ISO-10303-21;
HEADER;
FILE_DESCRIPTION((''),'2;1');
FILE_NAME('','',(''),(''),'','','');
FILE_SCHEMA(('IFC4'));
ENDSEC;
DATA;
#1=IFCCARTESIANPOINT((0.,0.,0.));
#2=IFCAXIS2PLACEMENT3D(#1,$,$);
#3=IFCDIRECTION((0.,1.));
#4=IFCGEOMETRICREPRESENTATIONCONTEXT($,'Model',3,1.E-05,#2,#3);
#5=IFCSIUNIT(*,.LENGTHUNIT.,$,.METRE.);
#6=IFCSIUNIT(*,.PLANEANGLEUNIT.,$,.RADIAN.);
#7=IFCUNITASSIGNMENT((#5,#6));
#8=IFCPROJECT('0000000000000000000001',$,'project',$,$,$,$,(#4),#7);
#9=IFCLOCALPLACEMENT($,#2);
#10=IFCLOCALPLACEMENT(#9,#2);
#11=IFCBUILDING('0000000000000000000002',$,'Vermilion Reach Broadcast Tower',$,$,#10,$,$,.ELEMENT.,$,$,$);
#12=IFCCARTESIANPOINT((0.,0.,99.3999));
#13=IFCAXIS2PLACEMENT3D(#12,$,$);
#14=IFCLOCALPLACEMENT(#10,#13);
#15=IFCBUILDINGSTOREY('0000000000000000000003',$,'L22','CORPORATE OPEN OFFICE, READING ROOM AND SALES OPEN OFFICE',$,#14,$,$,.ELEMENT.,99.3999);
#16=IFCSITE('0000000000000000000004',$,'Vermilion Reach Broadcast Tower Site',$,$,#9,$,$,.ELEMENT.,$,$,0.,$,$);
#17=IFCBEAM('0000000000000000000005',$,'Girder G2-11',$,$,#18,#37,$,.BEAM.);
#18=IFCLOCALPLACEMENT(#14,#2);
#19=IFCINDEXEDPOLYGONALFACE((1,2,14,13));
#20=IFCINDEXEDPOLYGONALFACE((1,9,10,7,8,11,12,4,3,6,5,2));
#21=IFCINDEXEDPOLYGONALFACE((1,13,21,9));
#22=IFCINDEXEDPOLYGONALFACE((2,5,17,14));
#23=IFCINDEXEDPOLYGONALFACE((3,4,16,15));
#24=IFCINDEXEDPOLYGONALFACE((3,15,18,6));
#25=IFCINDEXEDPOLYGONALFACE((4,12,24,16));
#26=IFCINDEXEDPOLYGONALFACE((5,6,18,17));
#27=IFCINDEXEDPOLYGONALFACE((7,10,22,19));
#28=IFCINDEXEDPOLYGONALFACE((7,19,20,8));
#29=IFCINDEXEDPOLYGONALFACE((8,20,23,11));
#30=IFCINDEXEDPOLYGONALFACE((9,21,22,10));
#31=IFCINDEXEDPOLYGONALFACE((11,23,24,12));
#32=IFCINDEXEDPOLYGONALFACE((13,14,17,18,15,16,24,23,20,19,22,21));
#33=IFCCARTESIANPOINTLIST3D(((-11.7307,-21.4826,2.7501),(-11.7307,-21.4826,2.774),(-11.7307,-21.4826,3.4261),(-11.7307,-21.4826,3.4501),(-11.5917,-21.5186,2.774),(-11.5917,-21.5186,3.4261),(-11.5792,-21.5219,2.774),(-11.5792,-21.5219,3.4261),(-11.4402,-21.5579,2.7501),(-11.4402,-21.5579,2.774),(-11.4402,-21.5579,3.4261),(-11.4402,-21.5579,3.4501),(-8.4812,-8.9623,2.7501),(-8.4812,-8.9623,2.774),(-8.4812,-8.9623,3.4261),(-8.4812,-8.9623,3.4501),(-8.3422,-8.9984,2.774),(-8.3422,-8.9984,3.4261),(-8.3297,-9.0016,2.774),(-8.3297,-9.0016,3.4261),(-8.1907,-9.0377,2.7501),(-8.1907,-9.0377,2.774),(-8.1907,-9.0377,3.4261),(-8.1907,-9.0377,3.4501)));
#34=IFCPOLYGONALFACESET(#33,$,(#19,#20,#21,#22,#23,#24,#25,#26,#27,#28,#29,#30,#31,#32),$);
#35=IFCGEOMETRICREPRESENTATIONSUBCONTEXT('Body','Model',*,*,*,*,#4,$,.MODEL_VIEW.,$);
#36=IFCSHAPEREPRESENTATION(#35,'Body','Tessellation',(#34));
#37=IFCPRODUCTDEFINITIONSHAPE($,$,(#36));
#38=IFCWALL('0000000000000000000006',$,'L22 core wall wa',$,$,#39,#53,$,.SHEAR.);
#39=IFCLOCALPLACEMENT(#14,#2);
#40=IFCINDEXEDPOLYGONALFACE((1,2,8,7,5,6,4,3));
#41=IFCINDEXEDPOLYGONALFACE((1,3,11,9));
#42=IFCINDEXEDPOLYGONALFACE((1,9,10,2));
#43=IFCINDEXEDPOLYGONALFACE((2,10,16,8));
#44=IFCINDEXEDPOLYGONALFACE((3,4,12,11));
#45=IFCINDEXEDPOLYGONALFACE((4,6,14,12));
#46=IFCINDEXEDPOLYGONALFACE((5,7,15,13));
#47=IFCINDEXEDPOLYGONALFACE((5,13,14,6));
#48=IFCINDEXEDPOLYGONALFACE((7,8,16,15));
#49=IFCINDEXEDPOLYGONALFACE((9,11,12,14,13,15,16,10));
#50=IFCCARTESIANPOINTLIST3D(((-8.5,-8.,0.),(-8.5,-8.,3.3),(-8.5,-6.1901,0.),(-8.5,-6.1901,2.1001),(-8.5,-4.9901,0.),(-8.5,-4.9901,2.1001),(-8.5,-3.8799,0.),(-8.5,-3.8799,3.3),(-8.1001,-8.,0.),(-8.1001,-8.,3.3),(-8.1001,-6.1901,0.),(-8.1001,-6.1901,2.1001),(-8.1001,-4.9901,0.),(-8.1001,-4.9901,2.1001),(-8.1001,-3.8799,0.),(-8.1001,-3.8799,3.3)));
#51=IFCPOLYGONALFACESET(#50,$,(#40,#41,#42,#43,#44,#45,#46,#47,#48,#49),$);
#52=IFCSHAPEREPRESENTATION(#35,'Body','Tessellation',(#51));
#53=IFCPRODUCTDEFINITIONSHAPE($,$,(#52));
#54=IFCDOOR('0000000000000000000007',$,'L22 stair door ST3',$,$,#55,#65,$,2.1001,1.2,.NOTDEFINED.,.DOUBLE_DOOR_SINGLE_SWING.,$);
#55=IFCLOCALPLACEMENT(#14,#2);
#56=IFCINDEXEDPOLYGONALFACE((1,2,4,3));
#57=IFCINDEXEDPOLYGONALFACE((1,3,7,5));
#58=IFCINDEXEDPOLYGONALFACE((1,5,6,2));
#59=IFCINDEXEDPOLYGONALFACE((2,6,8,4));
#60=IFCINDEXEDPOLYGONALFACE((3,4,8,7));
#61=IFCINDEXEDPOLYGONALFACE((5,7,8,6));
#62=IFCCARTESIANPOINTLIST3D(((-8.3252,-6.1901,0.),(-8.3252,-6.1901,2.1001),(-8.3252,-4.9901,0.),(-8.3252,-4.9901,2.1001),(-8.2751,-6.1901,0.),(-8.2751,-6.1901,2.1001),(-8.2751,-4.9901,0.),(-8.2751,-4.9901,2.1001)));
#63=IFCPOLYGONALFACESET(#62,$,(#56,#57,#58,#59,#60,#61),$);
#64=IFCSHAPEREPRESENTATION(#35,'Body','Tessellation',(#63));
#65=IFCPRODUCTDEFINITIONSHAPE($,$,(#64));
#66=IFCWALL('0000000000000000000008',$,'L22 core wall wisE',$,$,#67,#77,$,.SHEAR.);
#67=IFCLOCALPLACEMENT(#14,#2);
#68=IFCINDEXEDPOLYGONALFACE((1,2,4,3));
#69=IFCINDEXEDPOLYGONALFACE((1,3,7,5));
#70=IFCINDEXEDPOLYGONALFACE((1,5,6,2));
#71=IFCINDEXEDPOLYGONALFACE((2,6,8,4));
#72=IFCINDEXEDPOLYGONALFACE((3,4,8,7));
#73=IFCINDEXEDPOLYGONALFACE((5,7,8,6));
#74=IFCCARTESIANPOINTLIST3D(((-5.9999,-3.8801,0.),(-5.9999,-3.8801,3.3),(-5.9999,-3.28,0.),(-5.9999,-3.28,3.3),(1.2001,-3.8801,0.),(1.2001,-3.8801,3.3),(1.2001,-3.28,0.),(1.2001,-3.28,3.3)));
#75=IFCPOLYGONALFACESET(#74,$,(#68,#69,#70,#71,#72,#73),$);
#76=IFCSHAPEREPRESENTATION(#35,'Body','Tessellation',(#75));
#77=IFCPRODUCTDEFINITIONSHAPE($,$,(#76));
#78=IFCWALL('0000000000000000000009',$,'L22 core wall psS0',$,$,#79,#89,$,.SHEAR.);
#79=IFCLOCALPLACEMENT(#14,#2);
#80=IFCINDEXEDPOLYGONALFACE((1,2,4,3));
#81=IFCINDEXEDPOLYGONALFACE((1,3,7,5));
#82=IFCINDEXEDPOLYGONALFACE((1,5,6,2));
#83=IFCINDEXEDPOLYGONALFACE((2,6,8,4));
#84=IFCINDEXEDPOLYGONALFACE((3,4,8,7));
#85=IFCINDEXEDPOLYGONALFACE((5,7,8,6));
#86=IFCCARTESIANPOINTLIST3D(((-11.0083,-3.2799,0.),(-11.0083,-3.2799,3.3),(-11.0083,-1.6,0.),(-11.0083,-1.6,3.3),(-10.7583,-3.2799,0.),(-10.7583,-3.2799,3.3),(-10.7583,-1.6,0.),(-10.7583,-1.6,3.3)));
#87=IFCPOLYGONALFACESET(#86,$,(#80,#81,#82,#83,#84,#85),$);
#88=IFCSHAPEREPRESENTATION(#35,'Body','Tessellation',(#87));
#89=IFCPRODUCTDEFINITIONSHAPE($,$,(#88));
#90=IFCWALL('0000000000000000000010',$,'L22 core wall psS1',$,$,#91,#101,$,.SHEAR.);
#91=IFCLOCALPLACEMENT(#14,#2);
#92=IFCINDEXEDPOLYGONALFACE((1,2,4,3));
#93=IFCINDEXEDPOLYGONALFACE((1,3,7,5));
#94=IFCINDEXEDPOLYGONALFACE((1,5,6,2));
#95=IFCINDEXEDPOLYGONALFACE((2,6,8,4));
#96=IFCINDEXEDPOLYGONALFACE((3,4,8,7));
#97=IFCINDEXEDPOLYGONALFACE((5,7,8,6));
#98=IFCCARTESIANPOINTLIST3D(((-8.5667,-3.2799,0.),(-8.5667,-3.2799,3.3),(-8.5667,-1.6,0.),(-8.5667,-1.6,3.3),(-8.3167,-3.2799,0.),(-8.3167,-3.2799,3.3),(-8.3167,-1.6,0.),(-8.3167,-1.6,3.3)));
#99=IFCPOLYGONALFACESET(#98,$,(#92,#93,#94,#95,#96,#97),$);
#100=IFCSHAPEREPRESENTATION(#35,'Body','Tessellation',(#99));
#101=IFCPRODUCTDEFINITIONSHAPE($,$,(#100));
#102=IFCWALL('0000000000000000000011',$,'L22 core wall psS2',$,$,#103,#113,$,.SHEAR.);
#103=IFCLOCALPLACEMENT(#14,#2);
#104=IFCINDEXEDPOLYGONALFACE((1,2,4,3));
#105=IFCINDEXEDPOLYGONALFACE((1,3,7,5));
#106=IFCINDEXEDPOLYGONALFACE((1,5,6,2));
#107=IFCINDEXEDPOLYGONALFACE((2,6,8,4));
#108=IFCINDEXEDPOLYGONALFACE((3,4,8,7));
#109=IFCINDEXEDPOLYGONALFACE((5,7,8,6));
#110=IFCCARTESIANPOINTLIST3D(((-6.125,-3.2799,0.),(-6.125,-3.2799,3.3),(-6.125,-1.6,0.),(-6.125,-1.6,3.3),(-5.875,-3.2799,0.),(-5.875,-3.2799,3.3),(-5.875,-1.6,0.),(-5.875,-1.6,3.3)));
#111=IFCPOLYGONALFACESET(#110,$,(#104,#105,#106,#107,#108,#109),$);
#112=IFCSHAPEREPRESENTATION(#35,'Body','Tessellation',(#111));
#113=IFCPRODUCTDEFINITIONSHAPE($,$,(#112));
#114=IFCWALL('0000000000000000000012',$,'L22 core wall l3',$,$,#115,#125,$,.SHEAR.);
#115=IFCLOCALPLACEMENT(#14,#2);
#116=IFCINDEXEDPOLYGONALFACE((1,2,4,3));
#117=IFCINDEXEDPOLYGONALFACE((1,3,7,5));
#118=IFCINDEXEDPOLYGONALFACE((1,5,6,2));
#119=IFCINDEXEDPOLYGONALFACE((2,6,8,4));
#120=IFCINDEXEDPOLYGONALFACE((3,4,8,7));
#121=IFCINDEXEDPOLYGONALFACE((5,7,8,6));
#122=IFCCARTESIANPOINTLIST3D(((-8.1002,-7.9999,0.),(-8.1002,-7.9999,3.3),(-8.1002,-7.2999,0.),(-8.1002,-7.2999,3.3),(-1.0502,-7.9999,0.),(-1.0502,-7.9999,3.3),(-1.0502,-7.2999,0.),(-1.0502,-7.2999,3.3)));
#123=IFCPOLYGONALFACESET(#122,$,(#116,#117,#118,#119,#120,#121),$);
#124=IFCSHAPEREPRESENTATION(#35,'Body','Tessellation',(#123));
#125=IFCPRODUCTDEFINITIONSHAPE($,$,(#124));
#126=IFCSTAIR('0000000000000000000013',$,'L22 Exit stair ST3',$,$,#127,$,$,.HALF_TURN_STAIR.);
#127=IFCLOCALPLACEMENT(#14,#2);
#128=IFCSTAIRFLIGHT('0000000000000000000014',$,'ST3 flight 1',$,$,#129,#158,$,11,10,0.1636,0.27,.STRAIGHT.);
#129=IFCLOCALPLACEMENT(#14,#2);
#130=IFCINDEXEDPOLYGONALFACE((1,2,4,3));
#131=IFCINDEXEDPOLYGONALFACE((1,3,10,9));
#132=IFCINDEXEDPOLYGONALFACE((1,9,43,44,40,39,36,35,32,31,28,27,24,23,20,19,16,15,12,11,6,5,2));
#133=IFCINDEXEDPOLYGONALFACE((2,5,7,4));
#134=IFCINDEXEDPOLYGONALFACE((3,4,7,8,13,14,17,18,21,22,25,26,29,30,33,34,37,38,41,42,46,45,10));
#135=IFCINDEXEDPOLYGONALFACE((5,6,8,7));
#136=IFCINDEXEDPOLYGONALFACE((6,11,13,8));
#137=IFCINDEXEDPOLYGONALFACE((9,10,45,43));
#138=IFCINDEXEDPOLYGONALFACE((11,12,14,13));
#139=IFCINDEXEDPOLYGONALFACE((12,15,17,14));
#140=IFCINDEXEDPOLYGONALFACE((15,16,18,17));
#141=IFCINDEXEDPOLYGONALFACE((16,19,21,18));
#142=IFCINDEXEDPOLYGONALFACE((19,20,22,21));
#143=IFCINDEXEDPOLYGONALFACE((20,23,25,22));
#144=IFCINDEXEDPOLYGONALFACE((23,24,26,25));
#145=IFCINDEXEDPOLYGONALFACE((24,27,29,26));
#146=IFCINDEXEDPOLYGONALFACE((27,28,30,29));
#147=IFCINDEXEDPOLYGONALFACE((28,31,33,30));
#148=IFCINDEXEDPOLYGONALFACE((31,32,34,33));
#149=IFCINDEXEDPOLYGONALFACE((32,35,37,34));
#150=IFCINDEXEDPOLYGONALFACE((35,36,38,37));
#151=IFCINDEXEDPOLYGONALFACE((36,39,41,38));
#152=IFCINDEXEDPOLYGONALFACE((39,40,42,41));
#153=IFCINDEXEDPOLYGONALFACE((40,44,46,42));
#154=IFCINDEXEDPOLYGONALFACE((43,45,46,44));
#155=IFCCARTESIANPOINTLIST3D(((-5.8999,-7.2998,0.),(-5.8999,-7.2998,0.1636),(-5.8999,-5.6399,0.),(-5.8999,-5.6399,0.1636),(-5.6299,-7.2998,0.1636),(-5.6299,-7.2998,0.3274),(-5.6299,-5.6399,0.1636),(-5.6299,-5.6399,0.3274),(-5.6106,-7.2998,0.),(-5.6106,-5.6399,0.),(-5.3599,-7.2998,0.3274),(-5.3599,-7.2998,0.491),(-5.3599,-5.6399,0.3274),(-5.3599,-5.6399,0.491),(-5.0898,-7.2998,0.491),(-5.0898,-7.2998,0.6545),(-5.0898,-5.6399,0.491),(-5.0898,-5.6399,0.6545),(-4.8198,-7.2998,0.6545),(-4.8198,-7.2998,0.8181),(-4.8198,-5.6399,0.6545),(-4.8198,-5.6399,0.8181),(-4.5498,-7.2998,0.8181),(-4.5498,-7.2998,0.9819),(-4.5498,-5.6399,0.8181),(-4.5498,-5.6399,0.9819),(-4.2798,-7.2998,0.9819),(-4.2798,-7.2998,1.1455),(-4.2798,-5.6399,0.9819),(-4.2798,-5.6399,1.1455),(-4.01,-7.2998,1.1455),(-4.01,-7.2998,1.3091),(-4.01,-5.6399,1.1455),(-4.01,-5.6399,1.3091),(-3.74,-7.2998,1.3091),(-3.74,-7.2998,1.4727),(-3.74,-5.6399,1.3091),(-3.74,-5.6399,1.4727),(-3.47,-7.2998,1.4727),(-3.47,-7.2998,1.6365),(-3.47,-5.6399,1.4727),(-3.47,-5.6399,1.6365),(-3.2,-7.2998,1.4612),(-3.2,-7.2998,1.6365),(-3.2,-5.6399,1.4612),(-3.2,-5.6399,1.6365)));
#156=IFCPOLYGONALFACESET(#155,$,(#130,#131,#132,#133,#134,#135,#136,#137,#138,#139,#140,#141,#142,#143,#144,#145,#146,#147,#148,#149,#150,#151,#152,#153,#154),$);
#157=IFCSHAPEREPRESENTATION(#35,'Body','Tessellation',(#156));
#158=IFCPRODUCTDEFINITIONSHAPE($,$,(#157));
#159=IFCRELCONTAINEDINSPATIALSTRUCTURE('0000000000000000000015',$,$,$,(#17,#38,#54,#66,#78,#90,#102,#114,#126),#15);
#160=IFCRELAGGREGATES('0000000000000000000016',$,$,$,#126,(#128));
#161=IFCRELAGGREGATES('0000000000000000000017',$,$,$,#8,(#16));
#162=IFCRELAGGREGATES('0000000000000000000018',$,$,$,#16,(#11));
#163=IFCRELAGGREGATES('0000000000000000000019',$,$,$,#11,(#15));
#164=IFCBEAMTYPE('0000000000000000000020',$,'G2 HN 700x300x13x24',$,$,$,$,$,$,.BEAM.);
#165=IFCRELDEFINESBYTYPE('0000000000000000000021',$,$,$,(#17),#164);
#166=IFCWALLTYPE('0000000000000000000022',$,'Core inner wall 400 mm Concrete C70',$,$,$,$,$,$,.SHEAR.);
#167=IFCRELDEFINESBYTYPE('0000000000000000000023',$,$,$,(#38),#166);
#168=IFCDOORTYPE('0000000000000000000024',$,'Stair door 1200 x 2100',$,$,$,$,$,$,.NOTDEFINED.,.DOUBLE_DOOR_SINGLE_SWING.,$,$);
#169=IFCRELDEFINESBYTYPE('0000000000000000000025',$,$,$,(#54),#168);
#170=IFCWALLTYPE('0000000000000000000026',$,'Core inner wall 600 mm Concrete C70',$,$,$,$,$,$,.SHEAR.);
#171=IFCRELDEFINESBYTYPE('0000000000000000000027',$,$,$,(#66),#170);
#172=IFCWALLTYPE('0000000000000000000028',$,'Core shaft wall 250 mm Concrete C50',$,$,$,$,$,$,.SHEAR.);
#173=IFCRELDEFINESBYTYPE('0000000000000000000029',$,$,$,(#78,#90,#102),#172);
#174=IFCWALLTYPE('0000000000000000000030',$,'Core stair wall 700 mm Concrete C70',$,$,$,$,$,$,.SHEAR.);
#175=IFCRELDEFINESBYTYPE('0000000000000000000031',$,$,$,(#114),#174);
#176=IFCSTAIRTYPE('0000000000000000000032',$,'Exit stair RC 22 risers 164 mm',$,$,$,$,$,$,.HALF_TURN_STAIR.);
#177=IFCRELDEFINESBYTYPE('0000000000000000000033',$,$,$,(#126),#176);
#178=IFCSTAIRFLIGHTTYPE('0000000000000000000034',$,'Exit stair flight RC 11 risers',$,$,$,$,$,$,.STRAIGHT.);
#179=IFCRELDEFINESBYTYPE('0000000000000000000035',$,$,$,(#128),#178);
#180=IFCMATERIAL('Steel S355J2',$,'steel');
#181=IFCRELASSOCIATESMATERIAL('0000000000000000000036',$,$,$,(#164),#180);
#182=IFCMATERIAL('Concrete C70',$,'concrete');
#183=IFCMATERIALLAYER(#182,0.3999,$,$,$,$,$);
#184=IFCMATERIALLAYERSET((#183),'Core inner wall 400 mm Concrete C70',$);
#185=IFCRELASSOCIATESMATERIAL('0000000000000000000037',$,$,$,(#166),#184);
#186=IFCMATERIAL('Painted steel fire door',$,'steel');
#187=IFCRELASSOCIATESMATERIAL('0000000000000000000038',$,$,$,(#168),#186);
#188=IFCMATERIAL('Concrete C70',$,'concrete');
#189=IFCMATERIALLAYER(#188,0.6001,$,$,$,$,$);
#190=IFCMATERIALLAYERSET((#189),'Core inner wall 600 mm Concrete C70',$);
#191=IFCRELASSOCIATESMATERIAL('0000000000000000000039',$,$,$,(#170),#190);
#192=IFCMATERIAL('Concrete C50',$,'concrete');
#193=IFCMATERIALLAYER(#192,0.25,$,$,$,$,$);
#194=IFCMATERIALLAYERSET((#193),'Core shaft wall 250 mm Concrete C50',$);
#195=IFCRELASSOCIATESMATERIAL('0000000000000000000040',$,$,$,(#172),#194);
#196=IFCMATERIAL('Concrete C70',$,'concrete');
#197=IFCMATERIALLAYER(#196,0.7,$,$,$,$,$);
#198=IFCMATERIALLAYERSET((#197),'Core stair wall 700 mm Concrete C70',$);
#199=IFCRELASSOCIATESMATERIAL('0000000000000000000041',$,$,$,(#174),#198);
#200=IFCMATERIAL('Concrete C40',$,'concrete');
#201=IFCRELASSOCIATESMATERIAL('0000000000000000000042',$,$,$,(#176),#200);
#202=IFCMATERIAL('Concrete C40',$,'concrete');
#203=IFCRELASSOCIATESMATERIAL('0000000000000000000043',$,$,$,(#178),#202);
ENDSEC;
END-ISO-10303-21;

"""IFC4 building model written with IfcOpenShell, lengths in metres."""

from ifc_helpers import new_model, si_unit, direction, frame, frame_2d, origin, origin_2d, place, context, subcontext, project, spatial, polyline, rectangle, i_section, outline, extrude, material, layer, layer_set, material_profile, profile_set, type_object, element, fill, aggregate, save


model = new_model("IFC4")

# Units and contexts
model_context = context("Model", 3, precision=1e-05, world=origin(), true_north=direction((0.0, 1.0)))
body_context = subcontext(model_context, "Body", "Model", "MODEL_VIEW")
ifc_project = project(units=[si_unit("LENGTHUNIT", "METRE"), si_unit("PLANEANGLEUNIT", "RADIAN")], contexts=[model_context])

# Site, building, storey
site_placement = place(None, origin())
site = spatial("IfcSite", under=ifc_project, at=site_placement, Name="Vermilion Reach Broadcast Tower Site", CompositionType="ELEMENT", RefElevation=0.0)
building_placement = place(site_placement, origin())
building = spatial("IfcBuilding", under=site, at=building_placement, Name="Vermilion Reach Broadcast Tower", CompositionType="ELEMENT")
storey_placement = place(building_placement, frame((0.0, 0.0, 99.3999)))
storey = spatial("IfcBuildingStorey", under=building, at=storey_placement, Name="L22", Description="CORPORATE OPEN OFFICE, READING ROOM AND SALES OPEN OFFICE", CompositionType="ELEMENT", Elevation=99.3999)

# Beam
ifc_material_1 = material(Name="Steel S355J2", Category="steel")
ifc_material_profile = material_profile(ifc_material_1, i_section(OverallWidth=0.3, OverallDepth=0.7, WebThickness=0.0129, FlangeThickness=0.0239, at=origin_2d()), Name="S355J2 HN 700x300x13x24")
ifc_profile_set = profile_set([ifc_material_profile], Name="Steel S355J2")
beam_type = type_object("IfcBeamType", Name="G2 HN 700x300x13x24", PredefinedType="BEAM", material=ifc_profile_set)
beam_placement = place(storey_placement, frame((-8.3359, -9.0, 3.1001), z_axis=(-0.251217, -0.967931, 0.0), x_axis=(0.967931, -0.251217, 0.0)))
element("IfcBeam", 1, at=beam_placement, inside=storey, type_object=beam_type, Name="Girder G2-11", PredefinedType="BEAM", context=body_context, shape_type="SweptSolid", body=[
    extrude(i_section(OverallWidth=0.3, OverallDepth=0.7, WebThickness=0.0129, FlangeThickness=0.0239, at=origin_2d()), origin(), (0.0, 0.0, 1.0), 12.9351),
])

# Wall, opening, door
ifc_material_2 = material(Name="Concrete C70", Category="concrete")
ifc_layer_1 = layer(ifc_material_2, 0.3999)
ifc_layer_set_1 = layer_set([ifc_layer_1], Name="Core inner wall 400 mm Concrete C70")
wall_type_1 = type_object("IfcWallType", Name="Core inner wall 400 mm Concrete C70", PredefinedType="SHEAR", material=ifc_layer_set_1)
wall_1_placement = place(storey_placement, frame((-8.3, -3.8799, 0.0), z_axis=(0.0, 0.0, 1.0), x_axis=(0.0, -1.0, 0.0)))
wall_1 = element("IfcWall", 2, at=wall_1_placement, inside=storey, type_object=wall_type_1, Name="L22 core wall wa", PredefinedType="SHEAR", context=body_context, shape_type="SweptSolid", body=[
    extrude(rectangle(XDim=4.1201, YDim=0.3999, at=frame_2d((2.0601, 0.0))), origin(), (0.0, 0.0, 1.0), 3.3),
])
opening_placement = place(wall_1_placement, frame((1.1101, 0.0, 0.0)))
opening = element("IfcOpeningElement", 3, at=opening_placement, cuts=wall_1, PredefinedType="OPENING", context=body_context, shape_type="SweptSolid", body=[
    extrude(rectangle(XDim=1.2, YDim=2.1001, at=frame_2d((0.6001, 1.05))), frame((0.0, 0.21, 0.0), z_axis=(0.0, -1.0, 0.0), x_axis=(1.0, 0.0, 0.0)), (0.0, 0.0, 1.0), 0.4199),
])
ifc_material_3 = material(Name="Painted steel fire door", Category="steel")
door_type = type_object("IfcDoorType", Name="Stair door 1200 x 2100", OperationType="DOUBLE_DOOR_SINGLE_SWING", PredefinedType="NOTDEFINED", material=ifc_material_3)
door_placement = place(opening_placement, origin())
door = element("IfcDoor", 4, at=door_placement, inside=storey, type_object=door_type, Name="L22 stair door ST3", OperationType="DOUBLE_DOOR_SINGLE_SWING", OverallHeight=2.1001, OverallWidth=1.2, PredefinedType="NOTDEFINED", context=body_context, shape_type="SweptSolid", body=[
    extrude(rectangle(XDim=1.2, YDim=2.1001, at=frame_2d((0.6001, 1.05))), frame((0.0, 0.0249, 0.0), z_axis=(0.0, -1.0, 0.0), x_axis=(1.0, 0.0, 0.0)), (0.0, 0.0, 1.0), 0.05),
])
fill(opening, door)

# Walls
ifc_material_4 = material(Name="Concrete C70", Category="concrete")
ifc_layer_2 = layer(ifc_material_4, 0.6001)
ifc_layer_set_2 = layer_set([ifc_layer_2], Name="Core inner wall 600 mm Concrete C70")
wall_type_2 = type_object("IfcWallType", Name="Core inner wall 600 mm Concrete C70", PredefinedType="SHEAR", material=ifc_layer_set_2)
wall_2_placement = place(storey_placement, frame((-6.0, -3.5801, 0.0), z_axis=(0.0, 0.0, 1.0), x_axis=(1.0, 0.0, 0.0)))
element("IfcWall", 5, at=wall_2_placement, inside=storey, type_object=wall_type_2, Name="L22 core wall wisE", PredefinedType="SHEAR", context=body_context, shape_type="SweptSolid", body=[
    extrude(rectangle(XDim=7.2, YDim=0.6001, at=frame_2d((3.6001, 0.0))), origin(), (0.0, 0.0, 1.0), 3.3),
])
ifc_material_5 = material(Name="Concrete C50", Category="concrete")
ifc_layer_3 = layer(ifc_material_5, 0.25)
ifc_layer_set_3 = layer_set([ifc_layer_3], Name="Core shaft wall 250 mm Concrete C50")
wall_type_3 = type_object("IfcWallType", Name="Core shaft wall 250 mm Concrete C50", PredefinedType="SHEAR", material=ifc_layer_set_3)
for number, where, z_axis, x_axis, name in (
    (6, (-10.8833, -1.6001, 0.0), (0.0, 0.0, 1.0), (0.0, -1.0, 0.0), "L22 core wall psS0"),
    (7, (-8.4417, -1.6001, 0.0), (0.0, 0.0, 1.0), (0.0, -1.0, 0.0), "L22 core wall psS1"),
    (8, (-6.0, -1.6001, 0.0), (0.0, 0.0, 1.0), (0.0, -1.0, 0.0), "L22 core wall psS2"),
):
    element("IfcWall", number, at=place(storey_placement, frame(where, z_axis=z_axis, x_axis=x_axis)), inside=storey, type_object=wall_type_3, Name=name, PredefinedType="SHEAR", context=body_context, shape_type="SweptSolid", body=[
        extrude(rectangle(XDim=1.6799, YDim=0.25, at=frame_2d((0.8398, 0.0))), origin(), (0.0, 0.0, 1.0), 3.3),
    ])
ifc_material_6 = material(Name="Concrete C70", Category="concrete")
ifc_layer_4 = layer(ifc_material_6, 0.7)
ifc_layer_set_4 = layer_set([ifc_layer_4], Name="Core stair wall 700 mm Concrete C70")
wall_type_4 = type_object("IfcWallType", Name="Core stair wall 700 mm Concrete C70", PredefinedType="SHEAR", material=ifc_layer_set_4)
wall_3_placement = place(storey_placement, frame((-8.1001, -7.6499, 0.0), z_axis=(0.0, 0.0, 1.0), x_axis=(1.0, 0.0, 0.0)))
element("IfcWall", 9, at=wall_3_placement, inside=storey, type_object=wall_type_4, Name="L22 core wall l3", PredefinedType="SHEAR", context=body_context, shape_type="SweptSolid", body=[
    extrude(rectangle(XDim=7.05, YDim=0.7, at=frame_2d((3.5249, 0.0))), origin(), (0.0, 0.0, 1.0), 3.3),
])

# Stair, stair flight
ifc_material_7 = material(Name="Concrete C40", Category="concrete")
stair_type = type_object("IfcStairType", Name="Exit stair RC 22 risers 164 mm", PredefinedType="HALF_TURN_STAIR", material=ifc_material_7)
stair_placement = place(storey_placement, origin())
stair = element("IfcStair", 10, at=stair_placement, inside=storey, type_object=stair_type, Name="L22 Exit stair ST3", PredefinedType="HALF_TURN_STAIR")
ifc_material_8 = material(Name="Concrete C40", Category="concrete")
stair_flight_type = type_object("IfcStairFlightType", Name="Exit stair flight RC 11 risers", PredefinedType="STRAIGHT", material=ifc_material_8)
stair_flight_placement = place(storey_placement, frame((-5.8999, -6.47, 0.0), z_axis=(0.0, 0.0, 1.0), x_axis=(1.0, 0.0, 0.0)))
stair_flight = element("IfcStairFlight", 11, at=stair_flight_placement, type_object=stair_flight_type, Name="ST3 flight 1", NumberOfRisers=11, NumberOfTreads=10, PredefinedType="STRAIGHT", RiserHeight=0.1636, TreadLength=0.27, context=body_context, shape_type="SweptSolid", body=[
    extrude(outline(polyline([(0.0, 0.0), (0.0, 0.1636), (0.27, 0.1636), (0.27, 0.3274), (0.54, 0.3274), (0.54, 0.491), (0.8101, 0.491), (0.8101, 0.6545), (1.0801, 0.6545), (1.0801, 0.8181), (1.3501, 0.8181), (1.3501, 0.9819), (1.6201, 0.9819), (1.6201, 1.1455), (1.8899, 1.1455), (1.8899, 1.3091), (2.1599, 1.3091), (2.1599, 1.4727), (2.4299, 1.4727), (2.4299, 1.6365), (2.7, 1.6365), (2.7, 1.8), (2.7, 1.4612), (0.2893, 0.0), (0.0, 0.0)])), frame((0.0, 0.8301, 0.0), z_axis=(0.0, -1.0, 0.0), x_axis=(1.0, 0.0, 0.0)), (0.0, 0.0, 1.0), 1.6599),
])
aggregate(stair, [stair_flight])

save(model, "model.ifc")
